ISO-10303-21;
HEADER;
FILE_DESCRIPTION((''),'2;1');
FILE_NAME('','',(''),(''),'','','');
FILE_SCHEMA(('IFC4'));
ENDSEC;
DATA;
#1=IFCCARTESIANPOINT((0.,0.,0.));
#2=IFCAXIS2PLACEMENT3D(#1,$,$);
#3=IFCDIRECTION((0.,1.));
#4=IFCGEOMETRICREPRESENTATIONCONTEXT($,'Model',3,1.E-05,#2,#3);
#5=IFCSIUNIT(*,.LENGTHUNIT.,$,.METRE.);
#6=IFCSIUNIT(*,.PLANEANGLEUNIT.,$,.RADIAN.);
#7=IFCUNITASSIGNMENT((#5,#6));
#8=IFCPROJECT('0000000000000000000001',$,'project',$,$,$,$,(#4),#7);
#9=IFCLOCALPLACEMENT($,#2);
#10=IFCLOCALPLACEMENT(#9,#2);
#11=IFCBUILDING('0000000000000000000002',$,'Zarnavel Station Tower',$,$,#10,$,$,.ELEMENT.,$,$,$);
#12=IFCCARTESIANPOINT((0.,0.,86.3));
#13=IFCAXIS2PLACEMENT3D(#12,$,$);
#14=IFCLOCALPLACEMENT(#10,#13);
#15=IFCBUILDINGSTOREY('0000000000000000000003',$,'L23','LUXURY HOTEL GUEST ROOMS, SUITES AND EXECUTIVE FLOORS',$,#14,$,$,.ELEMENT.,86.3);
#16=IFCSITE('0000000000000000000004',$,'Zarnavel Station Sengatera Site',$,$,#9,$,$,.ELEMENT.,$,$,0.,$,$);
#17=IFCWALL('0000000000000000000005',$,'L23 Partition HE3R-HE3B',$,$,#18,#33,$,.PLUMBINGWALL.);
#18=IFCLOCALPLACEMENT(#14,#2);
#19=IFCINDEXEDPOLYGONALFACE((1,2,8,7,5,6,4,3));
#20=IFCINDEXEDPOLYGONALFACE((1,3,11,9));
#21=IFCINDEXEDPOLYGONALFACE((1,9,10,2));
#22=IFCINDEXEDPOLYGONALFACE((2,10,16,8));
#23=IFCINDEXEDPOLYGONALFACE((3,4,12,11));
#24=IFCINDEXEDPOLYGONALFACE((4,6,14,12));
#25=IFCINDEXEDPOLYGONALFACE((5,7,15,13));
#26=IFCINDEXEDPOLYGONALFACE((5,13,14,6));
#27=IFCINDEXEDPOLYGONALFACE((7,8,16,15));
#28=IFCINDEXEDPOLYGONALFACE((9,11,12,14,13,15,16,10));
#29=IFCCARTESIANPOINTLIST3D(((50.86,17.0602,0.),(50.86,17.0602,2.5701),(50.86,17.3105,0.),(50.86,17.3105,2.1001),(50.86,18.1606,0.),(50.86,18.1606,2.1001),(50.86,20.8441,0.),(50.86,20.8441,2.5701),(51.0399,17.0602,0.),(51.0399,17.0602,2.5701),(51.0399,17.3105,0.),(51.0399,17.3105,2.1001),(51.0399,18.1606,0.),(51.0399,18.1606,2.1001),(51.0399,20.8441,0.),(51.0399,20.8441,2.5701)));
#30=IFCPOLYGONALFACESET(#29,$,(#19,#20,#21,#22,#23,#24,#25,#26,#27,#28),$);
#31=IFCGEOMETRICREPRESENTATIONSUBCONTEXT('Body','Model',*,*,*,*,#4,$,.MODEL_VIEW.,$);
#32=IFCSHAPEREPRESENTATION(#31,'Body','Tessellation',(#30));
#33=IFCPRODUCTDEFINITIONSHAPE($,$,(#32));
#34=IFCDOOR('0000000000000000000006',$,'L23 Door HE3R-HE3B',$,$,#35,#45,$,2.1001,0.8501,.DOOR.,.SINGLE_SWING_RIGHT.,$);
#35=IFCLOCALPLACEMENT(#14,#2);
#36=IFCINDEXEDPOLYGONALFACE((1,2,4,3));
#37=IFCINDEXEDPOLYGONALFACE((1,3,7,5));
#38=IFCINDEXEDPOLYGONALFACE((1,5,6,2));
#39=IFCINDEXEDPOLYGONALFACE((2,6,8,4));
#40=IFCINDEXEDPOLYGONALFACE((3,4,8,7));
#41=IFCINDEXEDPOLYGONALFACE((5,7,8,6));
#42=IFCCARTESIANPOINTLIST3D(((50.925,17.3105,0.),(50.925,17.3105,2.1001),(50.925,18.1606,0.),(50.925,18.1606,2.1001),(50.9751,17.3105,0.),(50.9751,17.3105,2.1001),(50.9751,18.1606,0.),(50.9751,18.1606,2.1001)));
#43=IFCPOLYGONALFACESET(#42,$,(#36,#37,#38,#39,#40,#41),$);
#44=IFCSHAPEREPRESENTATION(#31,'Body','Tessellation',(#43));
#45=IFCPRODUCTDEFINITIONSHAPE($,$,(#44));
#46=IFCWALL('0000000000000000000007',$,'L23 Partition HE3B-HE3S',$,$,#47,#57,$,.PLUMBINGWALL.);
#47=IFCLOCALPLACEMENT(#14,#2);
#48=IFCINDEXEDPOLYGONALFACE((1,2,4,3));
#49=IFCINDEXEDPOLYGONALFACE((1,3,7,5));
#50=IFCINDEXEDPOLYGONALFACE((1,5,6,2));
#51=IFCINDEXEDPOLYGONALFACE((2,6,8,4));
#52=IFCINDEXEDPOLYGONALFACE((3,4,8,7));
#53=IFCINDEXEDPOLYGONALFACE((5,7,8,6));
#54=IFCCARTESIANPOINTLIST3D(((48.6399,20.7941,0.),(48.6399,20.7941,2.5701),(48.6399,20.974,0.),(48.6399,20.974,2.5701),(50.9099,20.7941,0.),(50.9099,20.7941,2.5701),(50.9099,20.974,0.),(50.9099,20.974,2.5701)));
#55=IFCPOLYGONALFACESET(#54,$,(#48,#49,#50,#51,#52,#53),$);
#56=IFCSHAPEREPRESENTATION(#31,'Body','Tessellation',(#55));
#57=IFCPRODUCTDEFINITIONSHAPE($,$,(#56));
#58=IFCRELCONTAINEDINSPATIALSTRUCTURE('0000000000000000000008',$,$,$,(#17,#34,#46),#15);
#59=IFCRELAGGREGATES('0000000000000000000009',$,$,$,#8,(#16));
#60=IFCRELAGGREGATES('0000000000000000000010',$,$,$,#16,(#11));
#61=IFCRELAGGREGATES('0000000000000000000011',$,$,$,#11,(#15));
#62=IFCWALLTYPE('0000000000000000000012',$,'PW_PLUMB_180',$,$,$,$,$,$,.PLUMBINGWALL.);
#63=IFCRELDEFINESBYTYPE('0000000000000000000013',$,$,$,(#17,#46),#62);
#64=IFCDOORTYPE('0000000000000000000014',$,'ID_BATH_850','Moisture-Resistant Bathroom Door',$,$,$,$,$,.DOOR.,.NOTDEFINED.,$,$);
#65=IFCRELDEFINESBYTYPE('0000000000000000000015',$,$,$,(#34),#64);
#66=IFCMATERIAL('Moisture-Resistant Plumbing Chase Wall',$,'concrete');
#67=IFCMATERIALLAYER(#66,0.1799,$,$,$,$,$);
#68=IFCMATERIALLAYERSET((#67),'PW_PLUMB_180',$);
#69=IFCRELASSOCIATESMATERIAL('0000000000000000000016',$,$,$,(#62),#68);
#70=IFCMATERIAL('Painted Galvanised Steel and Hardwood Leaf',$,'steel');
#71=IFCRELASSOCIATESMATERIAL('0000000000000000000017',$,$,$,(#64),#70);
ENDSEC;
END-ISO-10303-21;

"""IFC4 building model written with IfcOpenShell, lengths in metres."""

from ifc_helpers import new_model, si_unit, direction, frame, frame_2d, origin, place, context, subcontext, project, spatial, rectangle, extrude, material, layer, layer_set, type_object, element, fill, save


model = new_model("IFC4")

# Units and contexts
model_context = context("Model", 3, precision=1e-05, world=origin(), true_north=direction((0.0, 1.0)))
body_context = subcontext(model_context, "Body", "Model", "MODEL_VIEW")
ifc_project = project(units=[si_unit("LENGTHUNIT", "METRE"), si_unit("PLANEANGLEUNIT", "RADIAN")], contexts=[model_context])

# Site, building, storey
site_placement = place(None, origin())
site = spatial("IfcSite", under=ifc_project, at=site_placement, Name="Zarnavel Station Sengatera Site", CompositionType="ELEMENT", RefElevation=0.0)
building_placement = place(site_placement, origin())
building = spatial("IfcBuilding", under=site, at=building_placement, Name="Zarnavel Station Tower", CompositionType="ELEMENT")
storey_placement = place(building_placement, frame((0.0, 0.0, 86.3)))
storey = spatial("IfcBuildingStorey", under=building, at=storey_placement, Name="L23", Description="LUXURY HOTEL GUEST ROOMS, SUITES AND EXECUTIVE FLOORS", CompositionType="ELEMENT", Elevation=86.3)

# Shared definitions
ifc_material_1 = material(Name="Moisture-Resistant Plumbing Chase Wall", Category="concrete")
ifc_layer_1 = layer(ifc_material_1, 0.1799)
ifc_layer_set_1 = layer_set([ifc_layer_1], Name="PW_PLUMB_180")
wall_type_1 = type_object("IfcWallType", Name="PW_PLUMB_180", PredefinedType="PLUMBINGWALL", material=ifc_layer_set_1)

# Wall, opening, door
wall_1_placement = place(storey_placement, frame((50.95, 17.0601, 0.0), z_axis=(0.0, 0.0, 1.0), x_axis=(0.0, 1.0, 0.0)))
wall_1 = element("IfcWall", 1, at=wall_1_placement, inside=storey, type_object=wall_type_1, Name="L23 Partition HE3R-HE3B", PredefinedType="PLUMBINGWALL", context=body_context, shape_type="SweptSolid", body=[
    extrude(rectangle(XDim=3.7839, YDim=0.1799, at=frame_2d((1.8921, 0.0))), origin(), (0.0, 0.0, 1.0), 2.5701),
])
opening_1_placement = place(wall_1_placement, frame((0.2505, 0.0, 0.0)))
opening_1 = element("IfcOpeningElement", 2, at=opening_1_placement, cuts=wall_1, PredefinedType="OPENING", context=body_context, shape_type="SweptSolid", body=[
    extrude(rectangle(XDim=0.8501, YDim=2.1001, at=frame_2d((0.425, 1.05))), frame((0.0, 0.0999, 0.0), z_axis=(0.0, -1.0, 0.0), x_axis=(1.0, 0.0, 0.0)), (0.0, 0.0, 1.0), 0.2),
])
ifc_material_2 = material(Name="Painted Galvanised Steel and Hardwood Leaf", Category="steel")
door_type = type_object("IfcDoorType", Name="ID_BATH_850", Description="Moisture-Resistant Bathroom Door", OperationType="NOTDEFINED", PredefinedType="DOOR", material=ifc_material_2)
door_placement = place(opening_1_placement, origin())
door = element("IfcDoor", 3, at=door_placement, inside=storey, type_object=door_type, Name="L23 Door HE3R-HE3B", OperationType="SINGLE_SWING_RIGHT", OverallHeight=2.1001, OverallWidth=0.8501, PredefinedType="DOOR", context=body_context, shape_type="SweptSolid", body=[
    extrude(rectangle(XDim=0.8501, YDim=2.1001, at=frame_2d((0.425, 1.05))), frame((0.0, 0.0249, 0.0), z_axis=(0.0, -1.0, 0.0), x_axis=(1.0, 0.0, 0.0)), (0.0, 0.0, 1.0), 0.05),
])
fill(opening_1, door)

# Wall
wall_2_placement = place(storey_placement, frame((48.6399, 20.884, 0.0), z_axis=(0.0, 0.0, 1.0), x_axis=(1.0, 0.0, 0.0)))
element("IfcWall", 4, at=wall_2_placement, inside=storey, type_object=wall_type_1, Name="L23 Partition HE3B-HE3S", PredefinedType="PLUMBINGWALL", context=body_context, shape_type="SweptSolid", body=[
    extrude(rectangle(XDim=2.27, YDim=0.1799, at=frame_2d((1.135, 0.0))), origin(), (0.0, 0.0, 1.0), 2.5701),
])

save(model, "model.ifc")
